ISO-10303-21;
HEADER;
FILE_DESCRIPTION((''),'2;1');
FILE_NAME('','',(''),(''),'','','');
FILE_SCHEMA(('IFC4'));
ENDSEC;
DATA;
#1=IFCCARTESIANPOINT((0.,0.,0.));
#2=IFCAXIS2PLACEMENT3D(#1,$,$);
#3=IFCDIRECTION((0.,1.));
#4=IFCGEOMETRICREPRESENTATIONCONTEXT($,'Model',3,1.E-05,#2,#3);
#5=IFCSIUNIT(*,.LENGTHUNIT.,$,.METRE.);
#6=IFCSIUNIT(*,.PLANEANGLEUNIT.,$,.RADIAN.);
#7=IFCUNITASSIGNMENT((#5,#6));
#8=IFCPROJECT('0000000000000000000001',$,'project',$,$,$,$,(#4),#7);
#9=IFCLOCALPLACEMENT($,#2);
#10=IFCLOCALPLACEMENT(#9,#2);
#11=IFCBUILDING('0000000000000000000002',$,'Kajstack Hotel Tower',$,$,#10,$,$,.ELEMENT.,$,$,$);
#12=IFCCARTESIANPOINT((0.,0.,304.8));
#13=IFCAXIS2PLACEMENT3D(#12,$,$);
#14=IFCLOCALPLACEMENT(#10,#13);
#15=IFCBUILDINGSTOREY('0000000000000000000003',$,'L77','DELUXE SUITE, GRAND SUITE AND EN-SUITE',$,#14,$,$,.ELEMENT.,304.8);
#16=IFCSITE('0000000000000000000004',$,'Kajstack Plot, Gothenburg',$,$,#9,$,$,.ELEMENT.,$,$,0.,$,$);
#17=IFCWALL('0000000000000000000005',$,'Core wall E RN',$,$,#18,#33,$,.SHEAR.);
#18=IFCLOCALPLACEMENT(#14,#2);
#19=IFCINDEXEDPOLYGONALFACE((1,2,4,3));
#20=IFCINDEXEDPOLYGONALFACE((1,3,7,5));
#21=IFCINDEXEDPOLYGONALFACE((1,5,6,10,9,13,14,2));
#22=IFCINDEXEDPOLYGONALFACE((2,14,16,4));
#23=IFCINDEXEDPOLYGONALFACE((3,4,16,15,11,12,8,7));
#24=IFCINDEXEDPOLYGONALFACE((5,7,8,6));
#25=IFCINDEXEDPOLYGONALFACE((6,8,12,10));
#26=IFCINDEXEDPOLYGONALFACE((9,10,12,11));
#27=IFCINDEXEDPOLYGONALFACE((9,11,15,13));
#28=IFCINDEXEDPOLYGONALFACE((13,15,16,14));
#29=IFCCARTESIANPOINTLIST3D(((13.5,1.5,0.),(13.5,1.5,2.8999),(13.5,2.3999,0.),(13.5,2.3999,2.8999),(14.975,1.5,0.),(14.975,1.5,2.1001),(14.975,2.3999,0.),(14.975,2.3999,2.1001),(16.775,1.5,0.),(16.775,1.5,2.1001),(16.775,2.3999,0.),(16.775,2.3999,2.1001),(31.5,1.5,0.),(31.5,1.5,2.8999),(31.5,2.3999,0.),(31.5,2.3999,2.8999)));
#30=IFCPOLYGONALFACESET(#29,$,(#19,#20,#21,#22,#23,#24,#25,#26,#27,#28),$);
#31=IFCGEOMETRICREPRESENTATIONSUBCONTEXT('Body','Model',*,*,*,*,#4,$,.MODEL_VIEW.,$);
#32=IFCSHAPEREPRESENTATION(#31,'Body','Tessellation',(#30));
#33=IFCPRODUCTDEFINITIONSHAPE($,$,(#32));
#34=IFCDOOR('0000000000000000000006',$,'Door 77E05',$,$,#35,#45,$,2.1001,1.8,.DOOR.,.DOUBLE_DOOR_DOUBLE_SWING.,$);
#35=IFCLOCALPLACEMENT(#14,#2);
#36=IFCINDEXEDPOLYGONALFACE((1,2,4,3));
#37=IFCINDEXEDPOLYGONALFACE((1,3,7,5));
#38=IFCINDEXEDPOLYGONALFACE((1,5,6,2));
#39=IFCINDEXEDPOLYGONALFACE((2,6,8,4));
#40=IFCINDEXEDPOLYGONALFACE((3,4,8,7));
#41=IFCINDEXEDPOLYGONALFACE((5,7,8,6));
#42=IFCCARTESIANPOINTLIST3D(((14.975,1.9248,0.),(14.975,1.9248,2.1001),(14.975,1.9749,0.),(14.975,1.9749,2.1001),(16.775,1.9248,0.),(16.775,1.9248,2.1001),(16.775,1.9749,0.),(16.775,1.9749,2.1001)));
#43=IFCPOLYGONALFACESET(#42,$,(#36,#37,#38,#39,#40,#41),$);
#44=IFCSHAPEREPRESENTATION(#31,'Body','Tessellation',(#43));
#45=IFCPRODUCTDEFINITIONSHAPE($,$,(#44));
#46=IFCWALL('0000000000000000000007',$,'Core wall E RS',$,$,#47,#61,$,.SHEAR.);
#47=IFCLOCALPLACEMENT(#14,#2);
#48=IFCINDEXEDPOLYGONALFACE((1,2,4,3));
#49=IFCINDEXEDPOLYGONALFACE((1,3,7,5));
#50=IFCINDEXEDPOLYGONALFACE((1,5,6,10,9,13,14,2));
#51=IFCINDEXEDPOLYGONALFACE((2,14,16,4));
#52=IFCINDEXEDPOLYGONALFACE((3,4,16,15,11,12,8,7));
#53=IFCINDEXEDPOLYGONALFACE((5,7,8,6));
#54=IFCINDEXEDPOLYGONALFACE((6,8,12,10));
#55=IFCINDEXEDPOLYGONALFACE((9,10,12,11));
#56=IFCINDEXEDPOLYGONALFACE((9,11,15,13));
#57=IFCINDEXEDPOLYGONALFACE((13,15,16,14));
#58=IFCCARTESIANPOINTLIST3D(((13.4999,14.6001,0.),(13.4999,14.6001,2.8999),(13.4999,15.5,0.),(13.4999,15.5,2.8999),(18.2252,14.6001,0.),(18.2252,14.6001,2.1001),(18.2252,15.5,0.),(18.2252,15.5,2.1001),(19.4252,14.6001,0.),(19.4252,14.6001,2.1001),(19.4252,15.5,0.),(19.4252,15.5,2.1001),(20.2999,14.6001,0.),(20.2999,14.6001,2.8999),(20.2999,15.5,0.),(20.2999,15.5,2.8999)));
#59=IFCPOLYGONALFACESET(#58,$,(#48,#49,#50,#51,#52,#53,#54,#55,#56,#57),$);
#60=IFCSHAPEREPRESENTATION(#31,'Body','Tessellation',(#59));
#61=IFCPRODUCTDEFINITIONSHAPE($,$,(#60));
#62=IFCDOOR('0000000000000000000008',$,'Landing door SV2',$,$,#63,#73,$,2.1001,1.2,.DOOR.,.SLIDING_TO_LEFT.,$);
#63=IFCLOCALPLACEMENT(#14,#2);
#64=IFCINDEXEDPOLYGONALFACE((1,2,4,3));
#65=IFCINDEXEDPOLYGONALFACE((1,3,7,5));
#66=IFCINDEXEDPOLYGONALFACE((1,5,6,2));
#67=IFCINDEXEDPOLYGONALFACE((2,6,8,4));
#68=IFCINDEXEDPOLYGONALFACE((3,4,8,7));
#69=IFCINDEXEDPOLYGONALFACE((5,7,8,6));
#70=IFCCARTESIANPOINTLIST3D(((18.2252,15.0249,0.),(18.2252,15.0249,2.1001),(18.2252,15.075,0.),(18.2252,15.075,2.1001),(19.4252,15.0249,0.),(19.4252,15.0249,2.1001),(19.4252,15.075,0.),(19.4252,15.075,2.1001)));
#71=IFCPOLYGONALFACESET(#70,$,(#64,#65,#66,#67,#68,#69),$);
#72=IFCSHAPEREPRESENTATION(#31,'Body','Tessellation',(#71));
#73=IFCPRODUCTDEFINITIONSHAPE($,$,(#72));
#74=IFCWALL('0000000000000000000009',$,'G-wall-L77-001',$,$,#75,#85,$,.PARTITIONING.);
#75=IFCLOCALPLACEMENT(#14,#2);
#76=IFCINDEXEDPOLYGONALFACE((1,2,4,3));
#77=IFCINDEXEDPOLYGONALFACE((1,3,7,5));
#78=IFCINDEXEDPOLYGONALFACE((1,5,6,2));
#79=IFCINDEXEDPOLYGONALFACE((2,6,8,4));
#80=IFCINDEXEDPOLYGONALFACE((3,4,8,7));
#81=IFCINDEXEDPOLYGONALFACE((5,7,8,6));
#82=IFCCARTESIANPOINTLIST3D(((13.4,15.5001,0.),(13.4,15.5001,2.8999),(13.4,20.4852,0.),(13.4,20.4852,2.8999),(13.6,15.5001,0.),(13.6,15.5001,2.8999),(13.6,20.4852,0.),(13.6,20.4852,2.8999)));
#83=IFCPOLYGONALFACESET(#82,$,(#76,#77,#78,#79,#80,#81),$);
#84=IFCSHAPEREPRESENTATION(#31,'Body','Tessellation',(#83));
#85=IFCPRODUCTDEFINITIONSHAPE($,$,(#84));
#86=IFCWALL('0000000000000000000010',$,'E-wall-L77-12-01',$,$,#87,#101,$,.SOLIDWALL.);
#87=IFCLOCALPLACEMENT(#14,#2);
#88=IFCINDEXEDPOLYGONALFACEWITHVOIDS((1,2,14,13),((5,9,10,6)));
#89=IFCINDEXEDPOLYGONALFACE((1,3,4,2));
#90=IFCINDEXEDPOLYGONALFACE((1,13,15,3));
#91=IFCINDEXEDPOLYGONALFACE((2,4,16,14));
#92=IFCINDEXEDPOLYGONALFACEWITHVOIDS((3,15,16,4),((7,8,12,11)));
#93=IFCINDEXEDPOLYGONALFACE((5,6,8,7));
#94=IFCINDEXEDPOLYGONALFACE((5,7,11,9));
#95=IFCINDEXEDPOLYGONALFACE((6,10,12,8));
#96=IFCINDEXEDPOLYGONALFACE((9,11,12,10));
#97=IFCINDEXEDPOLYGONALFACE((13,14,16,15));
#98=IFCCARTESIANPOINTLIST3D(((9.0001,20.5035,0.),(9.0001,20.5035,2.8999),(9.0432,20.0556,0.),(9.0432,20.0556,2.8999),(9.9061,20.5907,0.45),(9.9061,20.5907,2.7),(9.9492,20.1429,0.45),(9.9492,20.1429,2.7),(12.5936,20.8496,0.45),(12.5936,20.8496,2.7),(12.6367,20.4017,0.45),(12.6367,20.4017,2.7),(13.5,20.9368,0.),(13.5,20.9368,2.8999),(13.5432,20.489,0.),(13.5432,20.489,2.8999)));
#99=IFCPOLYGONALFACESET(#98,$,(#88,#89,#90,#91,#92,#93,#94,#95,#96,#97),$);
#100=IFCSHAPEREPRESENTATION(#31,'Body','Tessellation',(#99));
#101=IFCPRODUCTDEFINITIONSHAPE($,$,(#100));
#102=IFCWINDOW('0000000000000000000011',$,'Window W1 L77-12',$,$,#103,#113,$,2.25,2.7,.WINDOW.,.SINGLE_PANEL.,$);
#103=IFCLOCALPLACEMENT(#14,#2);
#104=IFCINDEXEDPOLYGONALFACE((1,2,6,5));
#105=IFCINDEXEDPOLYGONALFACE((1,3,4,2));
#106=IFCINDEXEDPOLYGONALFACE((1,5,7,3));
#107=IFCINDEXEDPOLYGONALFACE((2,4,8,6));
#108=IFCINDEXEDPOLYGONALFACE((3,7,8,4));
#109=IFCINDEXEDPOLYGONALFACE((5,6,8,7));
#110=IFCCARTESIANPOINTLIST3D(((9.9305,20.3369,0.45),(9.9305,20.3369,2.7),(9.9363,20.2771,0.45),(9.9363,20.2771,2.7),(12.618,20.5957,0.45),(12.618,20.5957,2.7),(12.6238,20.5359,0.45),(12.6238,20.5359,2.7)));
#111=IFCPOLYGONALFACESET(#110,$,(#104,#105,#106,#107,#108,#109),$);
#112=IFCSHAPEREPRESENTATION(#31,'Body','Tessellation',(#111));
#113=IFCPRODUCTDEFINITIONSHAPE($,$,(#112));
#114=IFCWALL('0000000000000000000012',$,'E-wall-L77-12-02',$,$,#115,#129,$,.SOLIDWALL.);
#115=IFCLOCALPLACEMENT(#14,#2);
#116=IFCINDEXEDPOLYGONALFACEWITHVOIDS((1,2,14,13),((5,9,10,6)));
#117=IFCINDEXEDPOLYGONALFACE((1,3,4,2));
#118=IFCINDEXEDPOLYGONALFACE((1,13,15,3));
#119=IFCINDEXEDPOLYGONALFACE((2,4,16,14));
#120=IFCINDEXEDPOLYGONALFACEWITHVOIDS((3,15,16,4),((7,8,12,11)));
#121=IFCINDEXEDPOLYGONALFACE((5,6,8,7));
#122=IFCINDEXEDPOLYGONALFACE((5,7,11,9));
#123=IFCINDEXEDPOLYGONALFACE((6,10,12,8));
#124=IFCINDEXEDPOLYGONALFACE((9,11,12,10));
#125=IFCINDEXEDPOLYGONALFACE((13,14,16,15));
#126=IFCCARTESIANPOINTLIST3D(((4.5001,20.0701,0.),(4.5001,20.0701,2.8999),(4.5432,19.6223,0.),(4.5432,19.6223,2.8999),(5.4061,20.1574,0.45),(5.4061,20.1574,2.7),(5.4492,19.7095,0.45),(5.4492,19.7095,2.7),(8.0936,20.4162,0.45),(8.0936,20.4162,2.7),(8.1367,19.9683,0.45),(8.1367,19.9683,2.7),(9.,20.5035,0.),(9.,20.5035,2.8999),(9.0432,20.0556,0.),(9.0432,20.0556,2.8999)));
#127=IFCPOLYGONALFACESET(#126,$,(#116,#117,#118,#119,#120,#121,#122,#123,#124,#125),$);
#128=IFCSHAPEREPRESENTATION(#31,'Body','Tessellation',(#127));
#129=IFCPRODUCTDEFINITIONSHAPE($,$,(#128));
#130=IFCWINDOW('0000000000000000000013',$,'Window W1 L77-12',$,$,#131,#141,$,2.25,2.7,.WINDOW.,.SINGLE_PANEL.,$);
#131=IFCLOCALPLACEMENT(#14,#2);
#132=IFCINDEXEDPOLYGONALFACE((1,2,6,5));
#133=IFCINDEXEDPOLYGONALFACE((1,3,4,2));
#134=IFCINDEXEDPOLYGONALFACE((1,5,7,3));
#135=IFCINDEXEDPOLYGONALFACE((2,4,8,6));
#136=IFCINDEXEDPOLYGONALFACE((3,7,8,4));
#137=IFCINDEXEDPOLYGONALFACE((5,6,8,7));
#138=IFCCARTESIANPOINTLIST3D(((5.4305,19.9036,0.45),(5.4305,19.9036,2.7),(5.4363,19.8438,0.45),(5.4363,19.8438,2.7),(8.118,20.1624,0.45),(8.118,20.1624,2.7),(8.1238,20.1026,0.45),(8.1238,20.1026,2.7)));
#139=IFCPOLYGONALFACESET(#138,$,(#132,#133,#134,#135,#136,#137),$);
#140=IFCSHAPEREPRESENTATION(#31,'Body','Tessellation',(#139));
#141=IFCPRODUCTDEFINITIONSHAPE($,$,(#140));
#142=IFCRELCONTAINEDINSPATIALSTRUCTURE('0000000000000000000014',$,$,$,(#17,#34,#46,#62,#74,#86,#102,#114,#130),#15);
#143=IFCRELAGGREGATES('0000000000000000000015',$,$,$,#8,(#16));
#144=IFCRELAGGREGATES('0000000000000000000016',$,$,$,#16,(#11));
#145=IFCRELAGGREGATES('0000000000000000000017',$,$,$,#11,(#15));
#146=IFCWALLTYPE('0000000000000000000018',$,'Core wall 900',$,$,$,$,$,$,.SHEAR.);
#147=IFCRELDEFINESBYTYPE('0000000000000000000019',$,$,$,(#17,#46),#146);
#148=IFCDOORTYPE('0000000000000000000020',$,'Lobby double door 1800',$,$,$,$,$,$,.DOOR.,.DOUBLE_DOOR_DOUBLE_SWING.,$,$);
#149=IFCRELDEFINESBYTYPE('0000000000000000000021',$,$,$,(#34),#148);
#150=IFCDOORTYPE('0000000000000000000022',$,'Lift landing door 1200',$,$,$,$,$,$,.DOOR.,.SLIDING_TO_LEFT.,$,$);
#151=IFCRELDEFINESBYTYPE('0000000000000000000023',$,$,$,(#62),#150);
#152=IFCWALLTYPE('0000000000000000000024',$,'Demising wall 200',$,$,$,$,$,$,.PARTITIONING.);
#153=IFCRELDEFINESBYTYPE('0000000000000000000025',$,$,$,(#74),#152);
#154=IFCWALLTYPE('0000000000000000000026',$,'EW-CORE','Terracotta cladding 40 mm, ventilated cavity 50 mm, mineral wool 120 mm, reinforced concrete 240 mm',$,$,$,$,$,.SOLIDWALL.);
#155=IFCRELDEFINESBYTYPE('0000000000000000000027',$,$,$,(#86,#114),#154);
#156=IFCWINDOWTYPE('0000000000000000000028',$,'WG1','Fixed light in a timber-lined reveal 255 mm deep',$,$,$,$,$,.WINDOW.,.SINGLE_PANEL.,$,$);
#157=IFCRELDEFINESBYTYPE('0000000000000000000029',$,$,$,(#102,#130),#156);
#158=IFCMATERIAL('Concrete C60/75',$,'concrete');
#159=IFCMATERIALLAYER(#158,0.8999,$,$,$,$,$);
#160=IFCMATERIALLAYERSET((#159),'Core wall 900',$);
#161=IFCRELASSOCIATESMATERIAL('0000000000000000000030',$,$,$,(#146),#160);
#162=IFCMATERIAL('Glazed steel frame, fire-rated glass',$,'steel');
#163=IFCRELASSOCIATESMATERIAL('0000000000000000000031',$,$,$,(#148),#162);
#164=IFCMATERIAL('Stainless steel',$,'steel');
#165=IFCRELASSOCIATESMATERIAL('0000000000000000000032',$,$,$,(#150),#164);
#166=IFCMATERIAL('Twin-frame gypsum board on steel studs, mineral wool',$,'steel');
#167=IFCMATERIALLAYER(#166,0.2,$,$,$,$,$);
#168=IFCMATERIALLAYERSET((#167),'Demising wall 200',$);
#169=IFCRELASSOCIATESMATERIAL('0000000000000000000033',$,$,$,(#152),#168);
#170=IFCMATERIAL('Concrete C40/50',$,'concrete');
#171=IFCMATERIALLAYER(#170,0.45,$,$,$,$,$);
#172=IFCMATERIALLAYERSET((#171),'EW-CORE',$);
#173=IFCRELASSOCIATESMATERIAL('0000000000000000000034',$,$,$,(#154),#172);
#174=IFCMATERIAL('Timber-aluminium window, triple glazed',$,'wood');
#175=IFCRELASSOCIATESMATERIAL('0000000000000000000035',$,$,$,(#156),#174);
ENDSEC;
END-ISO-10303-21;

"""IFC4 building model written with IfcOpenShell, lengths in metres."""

from ifc_helpers import new_model, si_unit, direction, frame, frame_2d, origin, place, context, subcontext, project, spatial, rectangle, extrude, material, layer, layer_set, type_object, element, fill, save


model = new_model("IFC4")

# Units and contexts
model_context = context("Model", 3, precision=1e-05, world=origin(), true_north=direction((0.0, 1.0)))
body_context = subcontext(model_context, "Body", "Model", "MODEL_VIEW")
ifc_project = project(units=[si_unit("LENGTHUNIT", "METRE"), si_unit("PLANEANGLEUNIT", "RADIAN")], contexts=[model_context])

# Site, building, storey
site_placement = place(None, origin())
site = spatial("IfcSite", under=ifc_project, at=site_placement, Name="Kajstack Plot, Gothenburg", CompositionType="ELEMENT", RefElevation=0.0)
building_placement = place(site_placement, origin())
building = spatial("IfcBuilding", under=site, at=building_placement, Name="Kajstack Hotel Tower", CompositionType="ELEMENT")
storey_placement = place(building_placement, frame((0.0, 0.0, 304.8)))
storey = spatial("IfcBuildingStorey", under=building, at=storey_placement, Name="L77", Description="DELUXE SUITE, GRAND SUITE AND EN-SUITE", CompositionType="ELEMENT", Elevation=304.8)

# Walls, openings, doors
ifc_material_1 = material(Name="Concrete C60/75", Category="concrete")
ifc_layer_1 = layer(ifc_material_1, 0.8999)
ifc_layer_set_1 = layer_set([ifc_layer_1], Name="Core wall 900")
wall_type_1 = type_object("IfcWallType", Name="Core wall 900", PredefinedType="SHEAR", material=ifc_layer_set_1)
wall_1_placement = place(storey_placement, frame((13.5, 1.95, 0.0), z_axis=(0.0, 0.0, 1.0), x_axis=(1.0, 0.0, 0.0)))
wall_1 = element("IfcWall", 1, at=wall_1_placement, inside=storey, type_object=wall_type_1, Name="Core wall E RN", PredefinedType="SHEAR", context=body_context, shape_type="SweptSolid", body=[
    extrude(rectangle(XDim=18.0, YDim=0.8999, at=frame_2d((9.0, 0.0))), origin(), (0.0, 0.0, 1.0), 2.8999),
])
opening_1_placement = place(wall_1_placement, frame((1.4751, 0.0, 0.0)))
opening_1 = element("IfcOpeningElement", 2, at=opening_1_placement, cuts=wall_1, PredefinedType="OPENING", context=body_context, shape_type="SweptSolid", body=[
    extrude(rectangle(XDim=1.8, YDim=2.1001, at=frame_2d((0.8999, 1.05))), frame((0.0, 0.46, 0.0), z_axis=(0.0, -1.0, 0.0), x_axis=(1.0, 0.0, 0.0)), (0.0, 0.0, 1.0), 0.9199),
])
ifc_material_2 = material(Name="Glazed steel frame, fire-rated glass", Category="steel")
door_type_1 = type_object("IfcDoorType", Name="Lobby double door 1800", OperationType="DOUBLE_DOOR_DOUBLE_SWING", PredefinedType="DOOR", material=ifc_material_2)
door_1_placement = place(opening_1_placement, origin())
door_1 = element("IfcDoor", 3, at=door_1_placement, inside=storey, type_object=door_type_1, Name="Door 77E05", OperationType="DOUBLE_DOOR_DOUBLE_SWING", OverallHeight=2.1001, OverallWidth=1.8, PredefinedType="DOOR", context=body_context, shape_type="SweptSolid", body=[
    extrude(rectangle(XDim=1.8, YDim=2.1001, at=frame_2d((0.8999, 1.05))), frame((0.0, 0.0249, 0.0), z_axis=(0.0, -1.0, 0.0), x_axis=(1.0, 0.0, 0.0)), (0.0, 0.0, 1.0), 0.05),
])
fill(opening_1, door_1)
wall_2_placement = place(storey_placement, frame((13.5, 15.05, 0.0), z_axis=(0.0, 0.0, 1.0), x_axis=(1.0, 0.0, 0.0)))
wall_2 = element("IfcWall", 4, at=wall_2_placement, inside=storey, type_object=wall_type_1, Name="Core wall E RS", PredefinedType="SHEAR", context=body_context, shape_type="SweptSolid", body=[
    extrude(rectangle(XDim=6.8, YDim=0.8999, at=frame_2d((3.3999, 0.0))), origin(), (0.0, 0.0, 1.0), 2.8999),
])
opening_2_placement = place(wall_2_placement, frame((4.7251, 0.0, 0.0)))
opening_2 = element("IfcOpeningElement", 5, at=opening_2_placement, cuts=wall_2, PredefinedType="OPENING", context=body_context, shape_type="SweptSolid", body=[
    extrude(rectangle(XDim=1.2, YDim=2.1001, at=frame_2d((0.6001, 1.05))), frame((0.0, 0.46, 0.0), z_axis=(0.0, -1.0, 0.0), x_axis=(1.0, 0.0, 0.0)), (0.0, 0.0, 1.0), 0.9199),
])
ifc_material_3 = material(Name="Stainless steel", Category="steel")
door_type_2 = type_object("IfcDoorType", Name="Lift landing door 1200", OperationType="SLIDING_TO_LEFT", PredefinedType="DOOR", material=ifc_material_3)
door_2_placement = place(opening_2_placement, origin())
door_2 = element("IfcDoor", 6, at=door_2_placement, inside=storey, type_object=door_type_2, Name="Landing door SV2", OperationType="SLIDING_TO_LEFT", OverallHeight=2.1001, OverallWidth=1.2, PredefinedType="DOOR", context=body_context, shape_type="SweptSolid", body=[
    extrude(rectangle(XDim=1.2, YDim=2.1001, at=frame_2d((0.6001, 1.05))), frame((0.0, 0.0249, 0.0), z_axis=(0.0, -1.0, 0.0), x_axis=(1.0, 0.0, 0.0)), (0.0, 0.0, 1.0), 0.05),
])
fill(opening_2, door_2)

# Wall
ifc_material_4 = material(Name="Twin-frame gypsum board on steel studs, mineral wool", Category="steel")
ifc_layer_2 = layer(ifc_material_4, 0.2)
ifc_layer_set_2 = layer_set([ifc_layer_2], Name="Demising wall 200")
wall_type_2 = type_object("IfcWallType", Name="Demising wall 200", PredefinedType="PARTITIONING", material=ifc_layer_set_2)
wall_3_placement = place(storey_placement, frame((13.5, 15.5, 0.0), z_axis=(0.0, 0.0, 1.0), x_axis=(0.0, 1.0, 0.0)))
element("IfcWall", 7, at=wall_3_placement, inside=storey, type_object=wall_type_2, Name="G-wall-L77-001", PredefinedType="PARTITIONING", context=body_context, shape_type="SweptSolid", body=[
    extrude(rectangle(XDim=4.9851, YDim=0.2, at=frame_2d((2.4927, 0.0))), origin(), (0.0, 0.0, 1.0), 2.8999),
])

# Walls, openings, windows
ifc_material_5 = material(Name="Concrete C40/50", Category="concrete")
ifc_layer_3 = layer(ifc_material_5, 0.45)
ifc_layer_set_3 = layer_set([ifc_layer_3], Name="EW-CORE")
wall_type_3 = type_object("IfcWallType", Name="EW-CORE", Description="Terracotta cladding 40 mm, ventilated cavity 50 mm, mineral wool 120 mm, reinforced concrete 240 mm", PredefinedType="SOLIDWALL", material=ifc_layer_set_3)
wall_4_placement = place(storey_placement, frame((13.5215, 20.7129, 0.0), z_axis=(0.0, 0.0, 1.0), x_axis=(-0.995395, -0.095856, 0.0)))
wall_4 = element("IfcWall", 8, at=wall_4_placement, inside=storey, type_object=wall_type_3, Name="E-wall-L77-12-01", PredefinedType="SOLIDWALL", context=body_context, shape_type="SweptSolid", body=[
    extrude(rectangle(XDim=4.5208, YDim=0.45, at=frame_2d((2.2603, 0.0))), origin(), (0.0, 0.0, 1.0), 2.8999),
])
opening_3_placement = place(wall_4_placement, frame((0.9104, 0.0, 0.45)))
opening_3 = element("IfcOpeningElement", 9, at=opening_3_placement, cuts=wall_4, PredefinedType="OPENING", context=body_context, shape_type="SweptSolid", body=[
    extrude(rectangle(XDim=2.7, YDim=2.25, at=frame_2d((1.3501, 1.125))), frame((0.0, 0.2349, 0.0), z_axis=(0.0, -1.0, 0.0), x_axis=(1.0, 0.0, 0.0)), (0.0, 0.0, 1.0), 0.47),
])
ifc_material_6 = material(Name="Timber-aluminium window, triple glazed", Category="wood")
window_type = type_object("IfcWindowType", Name="WG1", Description="Fixed light in a timber-lined reveal 255 mm deep", PartitioningType="SINGLE_PANEL", PredefinedType="WINDOW", material=ifc_material_6)
window_1_placement = place(opening_3_placement, origin())
window_1 = element("IfcWindow", 10, at=window_1_placement, inside=storey, type_object=window_type, Name="Window W1 L77-12", OverallHeight=2.25, OverallWidth=2.7, PartitioningType="SINGLE_PANEL", PredefinedType="WINDOW", context=body_context, shape_type="SweptSolid", body=[
    extrude(rectangle(XDim=2.7, YDim=2.25, at=frame_2d((1.3501, 1.125))), frame((0.0, 0.0901, 0.0), z_axis=(0.0, -1.0, 0.0), x_axis=(1.0, 0.0, 0.0)), (0.0, 0.0, 1.0), 0.0601),
])
fill(opening_3, window_1)
wall_5_placement = place(storey_placement, frame((9.0215, 20.2795, 0.0), z_axis=(0.0, 0.0, 1.0), x_axis=(-0.995395, -0.095856, 0.0)))
wall_5 = element("IfcWall", 11, at=wall_5_placement, inside=storey, type_object=wall_type_3, Name="E-wall-L77-12-02", PredefinedType="SOLIDWALL", context=body_context, shape_type="SweptSolid", body=[
    extrude(rectangle(XDim=4.5208, YDim=0.45, at=frame_2d((2.2603, 0.0))), origin(), (0.0, 0.0, 1.0), 2.8999),
])
opening_4_placement = place(wall_5_placement, frame((0.9104, 0.0, 0.45)))
opening_4 = element("IfcOpeningElement", 12, at=opening_4_placement, cuts=wall_5, PredefinedType="OPENING", context=body_context, shape_type="SweptSolid", body=[
    extrude(rectangle(XDim=2.7, YDim=2.25, at=frame_2d((1.3501, 1.125))), frame((0.0, 0.2349, 0.0), z_axis=(0.0, -1.0, 0.0), x_axis=(1.0, 0.0, 0.0)), (0.0, 0.0, 1.0), 0.47),
])
window_2_placement = place(opening_4_placement, origin())
window_2 = element("IfcWindow", 13, at=window_2_placement, inside=storey, type_object=window_type, Name="Window W1 L77-12", OverallHeight=2.25, OverallWidth=2.7, PartitioningType="SINGLE_PANEL", PredefinedType="WINDOW", context=body_context, shape_type="SweptSolid", body=[
    extrude(rectangle(XDim=2.7, YDim=2.25, at=frame_2d((1.3501, 1.125))), frame((0.0, 0.0901, 0.0), z_axis=(0.0, -1.0, 0.0), x_axis=(1.0, 0.0, 0.0)), (0.0, 0.0, 1.0), 0.0601),
])
fill(opening_4, window_2)

save(model, "model.ifc")
